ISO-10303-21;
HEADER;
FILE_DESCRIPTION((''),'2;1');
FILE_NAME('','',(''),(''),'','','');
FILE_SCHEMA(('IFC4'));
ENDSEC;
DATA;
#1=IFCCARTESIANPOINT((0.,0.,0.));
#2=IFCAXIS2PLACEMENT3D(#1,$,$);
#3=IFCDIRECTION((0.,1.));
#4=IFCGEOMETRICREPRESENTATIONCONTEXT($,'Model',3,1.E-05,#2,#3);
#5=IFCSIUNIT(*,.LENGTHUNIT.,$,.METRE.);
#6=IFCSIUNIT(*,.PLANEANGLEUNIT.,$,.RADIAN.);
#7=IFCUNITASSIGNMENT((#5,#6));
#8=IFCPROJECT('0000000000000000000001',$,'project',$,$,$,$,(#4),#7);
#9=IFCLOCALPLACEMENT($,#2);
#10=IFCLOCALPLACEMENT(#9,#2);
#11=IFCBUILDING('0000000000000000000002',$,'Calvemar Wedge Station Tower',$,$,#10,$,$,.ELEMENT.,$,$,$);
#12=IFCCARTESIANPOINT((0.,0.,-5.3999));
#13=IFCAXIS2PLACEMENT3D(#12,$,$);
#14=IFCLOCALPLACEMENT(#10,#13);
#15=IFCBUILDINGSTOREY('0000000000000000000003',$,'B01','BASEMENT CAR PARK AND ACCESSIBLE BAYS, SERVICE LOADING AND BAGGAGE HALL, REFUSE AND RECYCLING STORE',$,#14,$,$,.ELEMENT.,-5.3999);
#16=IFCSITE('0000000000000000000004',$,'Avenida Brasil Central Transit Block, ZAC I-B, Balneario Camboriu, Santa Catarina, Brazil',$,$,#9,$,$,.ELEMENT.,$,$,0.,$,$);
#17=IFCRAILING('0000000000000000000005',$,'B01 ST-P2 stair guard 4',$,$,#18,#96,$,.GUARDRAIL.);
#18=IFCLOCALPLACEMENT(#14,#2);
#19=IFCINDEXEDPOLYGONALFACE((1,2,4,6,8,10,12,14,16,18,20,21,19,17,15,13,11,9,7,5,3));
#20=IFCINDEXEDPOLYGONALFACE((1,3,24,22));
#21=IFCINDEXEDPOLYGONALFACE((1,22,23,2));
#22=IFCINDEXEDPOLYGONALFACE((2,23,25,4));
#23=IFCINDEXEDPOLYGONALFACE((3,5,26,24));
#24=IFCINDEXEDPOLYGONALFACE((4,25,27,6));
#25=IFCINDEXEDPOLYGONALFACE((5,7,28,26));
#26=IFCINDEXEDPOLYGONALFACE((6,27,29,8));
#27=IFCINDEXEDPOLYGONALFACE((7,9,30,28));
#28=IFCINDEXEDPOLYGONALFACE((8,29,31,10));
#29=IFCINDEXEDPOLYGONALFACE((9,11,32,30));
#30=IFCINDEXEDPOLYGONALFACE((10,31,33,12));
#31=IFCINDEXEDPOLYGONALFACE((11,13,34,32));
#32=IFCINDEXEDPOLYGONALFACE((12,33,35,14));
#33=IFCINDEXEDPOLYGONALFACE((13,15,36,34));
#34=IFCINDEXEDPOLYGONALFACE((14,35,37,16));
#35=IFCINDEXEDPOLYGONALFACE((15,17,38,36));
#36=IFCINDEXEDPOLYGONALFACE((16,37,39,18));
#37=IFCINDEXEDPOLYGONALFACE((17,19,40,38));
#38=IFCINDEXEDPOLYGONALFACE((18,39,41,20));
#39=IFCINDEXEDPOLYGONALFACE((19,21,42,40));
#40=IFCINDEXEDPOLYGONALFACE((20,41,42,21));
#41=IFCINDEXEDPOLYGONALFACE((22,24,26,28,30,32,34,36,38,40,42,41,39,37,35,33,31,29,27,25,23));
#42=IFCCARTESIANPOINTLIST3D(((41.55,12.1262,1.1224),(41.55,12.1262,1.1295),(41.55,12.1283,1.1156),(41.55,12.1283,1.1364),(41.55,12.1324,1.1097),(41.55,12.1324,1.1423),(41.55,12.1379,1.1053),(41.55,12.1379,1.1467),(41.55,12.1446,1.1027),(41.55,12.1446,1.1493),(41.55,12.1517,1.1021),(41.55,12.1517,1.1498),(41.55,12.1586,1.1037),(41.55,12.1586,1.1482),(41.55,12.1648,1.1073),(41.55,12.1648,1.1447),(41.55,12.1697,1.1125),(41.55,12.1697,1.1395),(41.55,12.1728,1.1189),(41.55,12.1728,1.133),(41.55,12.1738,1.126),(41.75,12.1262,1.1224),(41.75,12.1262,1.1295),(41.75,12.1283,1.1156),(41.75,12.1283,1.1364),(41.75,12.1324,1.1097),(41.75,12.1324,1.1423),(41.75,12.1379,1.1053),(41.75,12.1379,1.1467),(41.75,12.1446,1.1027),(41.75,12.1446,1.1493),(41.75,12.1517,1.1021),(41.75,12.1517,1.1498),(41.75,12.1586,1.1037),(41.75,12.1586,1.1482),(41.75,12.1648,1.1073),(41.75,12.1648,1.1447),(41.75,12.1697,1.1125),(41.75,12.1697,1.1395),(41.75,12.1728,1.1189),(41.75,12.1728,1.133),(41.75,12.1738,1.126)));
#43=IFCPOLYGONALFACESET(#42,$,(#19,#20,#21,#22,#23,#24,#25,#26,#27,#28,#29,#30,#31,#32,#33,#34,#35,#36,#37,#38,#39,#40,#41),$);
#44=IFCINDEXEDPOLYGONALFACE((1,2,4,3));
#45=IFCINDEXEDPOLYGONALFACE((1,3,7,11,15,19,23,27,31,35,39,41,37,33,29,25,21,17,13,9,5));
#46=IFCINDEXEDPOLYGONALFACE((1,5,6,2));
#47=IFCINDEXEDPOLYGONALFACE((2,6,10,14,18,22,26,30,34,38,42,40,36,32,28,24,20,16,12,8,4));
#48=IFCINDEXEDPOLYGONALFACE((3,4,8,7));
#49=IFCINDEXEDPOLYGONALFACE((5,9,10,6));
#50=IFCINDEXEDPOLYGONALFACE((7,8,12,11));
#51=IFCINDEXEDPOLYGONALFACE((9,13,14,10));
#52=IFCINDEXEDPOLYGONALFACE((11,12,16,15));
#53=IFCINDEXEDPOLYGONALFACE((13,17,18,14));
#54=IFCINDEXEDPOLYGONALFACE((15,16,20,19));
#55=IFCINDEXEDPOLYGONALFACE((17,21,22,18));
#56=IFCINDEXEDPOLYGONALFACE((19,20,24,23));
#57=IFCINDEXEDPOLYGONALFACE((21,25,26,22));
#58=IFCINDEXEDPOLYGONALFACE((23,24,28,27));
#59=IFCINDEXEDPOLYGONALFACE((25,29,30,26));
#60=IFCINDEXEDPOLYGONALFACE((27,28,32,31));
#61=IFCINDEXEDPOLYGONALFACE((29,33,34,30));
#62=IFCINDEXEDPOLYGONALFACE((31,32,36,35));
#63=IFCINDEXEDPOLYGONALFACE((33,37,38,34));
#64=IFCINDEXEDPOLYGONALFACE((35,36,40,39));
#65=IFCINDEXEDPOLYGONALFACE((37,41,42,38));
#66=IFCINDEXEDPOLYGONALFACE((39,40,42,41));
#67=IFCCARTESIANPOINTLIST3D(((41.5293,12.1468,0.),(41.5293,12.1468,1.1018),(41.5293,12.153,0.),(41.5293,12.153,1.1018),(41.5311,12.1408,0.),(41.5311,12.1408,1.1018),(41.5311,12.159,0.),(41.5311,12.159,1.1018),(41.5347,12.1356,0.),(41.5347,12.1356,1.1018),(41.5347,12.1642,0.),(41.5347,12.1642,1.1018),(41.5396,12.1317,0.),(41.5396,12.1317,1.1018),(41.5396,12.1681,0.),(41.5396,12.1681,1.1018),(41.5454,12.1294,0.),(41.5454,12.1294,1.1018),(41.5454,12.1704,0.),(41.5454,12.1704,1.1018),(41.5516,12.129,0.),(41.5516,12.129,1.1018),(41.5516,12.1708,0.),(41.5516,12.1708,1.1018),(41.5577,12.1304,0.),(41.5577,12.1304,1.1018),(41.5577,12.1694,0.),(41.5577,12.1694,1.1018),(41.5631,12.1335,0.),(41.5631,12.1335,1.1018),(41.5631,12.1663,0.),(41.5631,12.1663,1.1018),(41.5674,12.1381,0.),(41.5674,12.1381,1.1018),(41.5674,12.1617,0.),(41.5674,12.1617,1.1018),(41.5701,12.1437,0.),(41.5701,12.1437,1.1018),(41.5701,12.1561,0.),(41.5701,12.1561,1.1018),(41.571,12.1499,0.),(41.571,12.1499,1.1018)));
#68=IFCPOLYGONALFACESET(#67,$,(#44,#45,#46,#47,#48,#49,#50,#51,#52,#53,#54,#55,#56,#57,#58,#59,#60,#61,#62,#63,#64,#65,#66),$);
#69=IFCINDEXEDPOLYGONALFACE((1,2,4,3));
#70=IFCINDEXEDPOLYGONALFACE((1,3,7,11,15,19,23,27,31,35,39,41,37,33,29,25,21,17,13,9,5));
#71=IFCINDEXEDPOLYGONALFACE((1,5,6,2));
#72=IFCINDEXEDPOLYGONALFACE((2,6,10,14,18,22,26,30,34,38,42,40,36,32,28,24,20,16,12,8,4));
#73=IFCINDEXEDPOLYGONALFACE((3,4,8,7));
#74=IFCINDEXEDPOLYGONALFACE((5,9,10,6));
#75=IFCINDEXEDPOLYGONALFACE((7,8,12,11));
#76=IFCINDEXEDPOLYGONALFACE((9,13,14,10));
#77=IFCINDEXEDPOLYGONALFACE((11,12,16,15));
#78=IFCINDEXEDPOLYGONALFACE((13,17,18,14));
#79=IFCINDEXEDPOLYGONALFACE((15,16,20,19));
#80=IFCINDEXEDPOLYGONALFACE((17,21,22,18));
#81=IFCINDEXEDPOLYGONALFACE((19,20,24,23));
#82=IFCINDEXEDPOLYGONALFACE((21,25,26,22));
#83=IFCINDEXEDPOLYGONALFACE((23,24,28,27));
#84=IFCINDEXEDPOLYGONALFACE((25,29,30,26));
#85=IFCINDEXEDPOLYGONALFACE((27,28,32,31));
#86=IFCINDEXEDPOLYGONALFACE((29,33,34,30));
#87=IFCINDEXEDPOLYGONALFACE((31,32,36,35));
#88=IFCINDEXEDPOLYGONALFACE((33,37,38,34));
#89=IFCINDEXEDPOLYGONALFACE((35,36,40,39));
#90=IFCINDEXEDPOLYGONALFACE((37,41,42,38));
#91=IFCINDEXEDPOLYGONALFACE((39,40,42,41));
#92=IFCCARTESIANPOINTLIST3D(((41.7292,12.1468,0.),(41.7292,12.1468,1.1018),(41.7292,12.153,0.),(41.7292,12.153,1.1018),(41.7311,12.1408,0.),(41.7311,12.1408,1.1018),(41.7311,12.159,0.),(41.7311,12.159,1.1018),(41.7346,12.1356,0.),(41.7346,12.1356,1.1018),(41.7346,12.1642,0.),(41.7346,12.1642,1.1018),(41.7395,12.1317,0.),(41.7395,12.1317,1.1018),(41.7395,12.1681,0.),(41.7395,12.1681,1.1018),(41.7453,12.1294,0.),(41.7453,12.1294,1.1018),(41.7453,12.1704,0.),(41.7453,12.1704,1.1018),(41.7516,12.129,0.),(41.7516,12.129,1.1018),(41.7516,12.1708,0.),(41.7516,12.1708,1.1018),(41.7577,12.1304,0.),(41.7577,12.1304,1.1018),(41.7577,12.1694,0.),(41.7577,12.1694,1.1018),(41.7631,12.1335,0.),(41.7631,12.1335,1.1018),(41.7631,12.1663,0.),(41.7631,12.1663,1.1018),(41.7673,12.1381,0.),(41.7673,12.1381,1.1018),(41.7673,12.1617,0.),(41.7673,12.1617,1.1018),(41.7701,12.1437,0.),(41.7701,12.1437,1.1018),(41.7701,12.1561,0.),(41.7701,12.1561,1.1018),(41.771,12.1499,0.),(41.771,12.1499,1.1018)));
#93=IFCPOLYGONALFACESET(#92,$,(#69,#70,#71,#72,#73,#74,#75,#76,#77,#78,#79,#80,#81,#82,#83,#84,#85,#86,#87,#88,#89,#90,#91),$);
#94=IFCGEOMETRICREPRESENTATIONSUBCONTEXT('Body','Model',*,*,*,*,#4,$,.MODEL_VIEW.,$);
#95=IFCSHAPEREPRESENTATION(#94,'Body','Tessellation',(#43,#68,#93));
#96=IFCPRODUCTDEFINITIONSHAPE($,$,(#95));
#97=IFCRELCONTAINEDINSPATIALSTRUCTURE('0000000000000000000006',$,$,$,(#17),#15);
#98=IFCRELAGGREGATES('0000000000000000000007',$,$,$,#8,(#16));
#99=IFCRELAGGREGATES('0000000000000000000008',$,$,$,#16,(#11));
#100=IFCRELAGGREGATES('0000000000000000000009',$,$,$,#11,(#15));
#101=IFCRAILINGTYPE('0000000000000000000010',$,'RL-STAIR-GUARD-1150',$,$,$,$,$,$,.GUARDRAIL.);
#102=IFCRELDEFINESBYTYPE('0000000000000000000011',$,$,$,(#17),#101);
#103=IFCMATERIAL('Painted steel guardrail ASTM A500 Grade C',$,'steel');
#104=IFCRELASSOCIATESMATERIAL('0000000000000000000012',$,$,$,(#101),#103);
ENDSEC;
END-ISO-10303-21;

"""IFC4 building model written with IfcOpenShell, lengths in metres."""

from ifc_helpers import new_model, si_unit, direction, frame, origin, origin_2d, place, context, subcontext, project, spatial, circle, extrude, material, type_object, element, save


model = new_model("IFC4")

# Units and contexts
model_context = context("Model", 3, precision=1e-05, world=origin(), true_north=direction((0.0, 1.0)))
body_context = subcontext(model_context, "Body", "Model", "MODEL_VIEW")
ifc_project = project(units=[si_unit("LENGTHUNIT", "METRE"), si_unit("PLANEANGLEUNIT", "RADIAN")], contexts=[model_context])

# Site, building, storey
site_placement = place(None, origin())
site = spatial("IfcSite", under=ifc_project, at=site_placement, Name="Avenida Brasil Central Transit Block, ZAC I-B, Balneario Camboriu, Santa Catarina, Brazil", CompositionType="ELEMENT", RefElevation=0.0)
building_placement = place(site_placement, origin())
building = spatial("IfcBuilding", under=site, at=building_placement, Name="Calvemar Wedge Station Tower", CompositionType="ELEMENT")
storey_placement = place(building_placement, frame((0.0, 0.0, -5.3999)))
storey = spatial("IfcBuildingStorey", under=building, at=storey_placement, Name="B01", Description="BASEMENT CAR PARK AND ACCESSIBLE BAYS, SERVICE LOADING AND BAGGAGE HALL, REFUSE AND RECYCLING STORE", CompositionType="ELEMENT", Elevation=-5.3999)

# Railing
ifc_material_1 = material(Name="Painted steel guardrail ASTM A500 Grade C", Category="steel")
railing_type_1 = type_object("IfcRailingType", Name="RL-STAIR-GUARD-1150", PredefinedType="GUARDRAIL", material=ifc_material_1)
railing_1_placement = place(storey_placement, frame((41.55, 12.1499, 0.0)))
element("IfcRailing", 1, at=railing_1_placement, inside=storey, type_object=railing_type_1, Name="B01 ST-P2 stair guard 4", PredefinedType="GUARDRAIL", context=body_context, shape_type="SweptSolid", body=[
    extrude(circle(Radius=0.0239, at=origin_2d()), frame((0.0, 0.0, 1.126), z_axis=(1.0, 0.0, 0.0), x_axis=(0.0, 1.0, 0.0)), (0.0, 0.0, 1.0), 0.2),
    extrude(circle(Radius=0.021, at=origin_2d()), origin(), (0.0, 0.0, 1.0), 1.1018),
    extrude(circle(Radius=0.021, at=origin_2d()), frame((0.2, 0.0, 0.0)), (0.0, 0.0, 1.0), 1.1018),
])

save(model, "model.ifc")
